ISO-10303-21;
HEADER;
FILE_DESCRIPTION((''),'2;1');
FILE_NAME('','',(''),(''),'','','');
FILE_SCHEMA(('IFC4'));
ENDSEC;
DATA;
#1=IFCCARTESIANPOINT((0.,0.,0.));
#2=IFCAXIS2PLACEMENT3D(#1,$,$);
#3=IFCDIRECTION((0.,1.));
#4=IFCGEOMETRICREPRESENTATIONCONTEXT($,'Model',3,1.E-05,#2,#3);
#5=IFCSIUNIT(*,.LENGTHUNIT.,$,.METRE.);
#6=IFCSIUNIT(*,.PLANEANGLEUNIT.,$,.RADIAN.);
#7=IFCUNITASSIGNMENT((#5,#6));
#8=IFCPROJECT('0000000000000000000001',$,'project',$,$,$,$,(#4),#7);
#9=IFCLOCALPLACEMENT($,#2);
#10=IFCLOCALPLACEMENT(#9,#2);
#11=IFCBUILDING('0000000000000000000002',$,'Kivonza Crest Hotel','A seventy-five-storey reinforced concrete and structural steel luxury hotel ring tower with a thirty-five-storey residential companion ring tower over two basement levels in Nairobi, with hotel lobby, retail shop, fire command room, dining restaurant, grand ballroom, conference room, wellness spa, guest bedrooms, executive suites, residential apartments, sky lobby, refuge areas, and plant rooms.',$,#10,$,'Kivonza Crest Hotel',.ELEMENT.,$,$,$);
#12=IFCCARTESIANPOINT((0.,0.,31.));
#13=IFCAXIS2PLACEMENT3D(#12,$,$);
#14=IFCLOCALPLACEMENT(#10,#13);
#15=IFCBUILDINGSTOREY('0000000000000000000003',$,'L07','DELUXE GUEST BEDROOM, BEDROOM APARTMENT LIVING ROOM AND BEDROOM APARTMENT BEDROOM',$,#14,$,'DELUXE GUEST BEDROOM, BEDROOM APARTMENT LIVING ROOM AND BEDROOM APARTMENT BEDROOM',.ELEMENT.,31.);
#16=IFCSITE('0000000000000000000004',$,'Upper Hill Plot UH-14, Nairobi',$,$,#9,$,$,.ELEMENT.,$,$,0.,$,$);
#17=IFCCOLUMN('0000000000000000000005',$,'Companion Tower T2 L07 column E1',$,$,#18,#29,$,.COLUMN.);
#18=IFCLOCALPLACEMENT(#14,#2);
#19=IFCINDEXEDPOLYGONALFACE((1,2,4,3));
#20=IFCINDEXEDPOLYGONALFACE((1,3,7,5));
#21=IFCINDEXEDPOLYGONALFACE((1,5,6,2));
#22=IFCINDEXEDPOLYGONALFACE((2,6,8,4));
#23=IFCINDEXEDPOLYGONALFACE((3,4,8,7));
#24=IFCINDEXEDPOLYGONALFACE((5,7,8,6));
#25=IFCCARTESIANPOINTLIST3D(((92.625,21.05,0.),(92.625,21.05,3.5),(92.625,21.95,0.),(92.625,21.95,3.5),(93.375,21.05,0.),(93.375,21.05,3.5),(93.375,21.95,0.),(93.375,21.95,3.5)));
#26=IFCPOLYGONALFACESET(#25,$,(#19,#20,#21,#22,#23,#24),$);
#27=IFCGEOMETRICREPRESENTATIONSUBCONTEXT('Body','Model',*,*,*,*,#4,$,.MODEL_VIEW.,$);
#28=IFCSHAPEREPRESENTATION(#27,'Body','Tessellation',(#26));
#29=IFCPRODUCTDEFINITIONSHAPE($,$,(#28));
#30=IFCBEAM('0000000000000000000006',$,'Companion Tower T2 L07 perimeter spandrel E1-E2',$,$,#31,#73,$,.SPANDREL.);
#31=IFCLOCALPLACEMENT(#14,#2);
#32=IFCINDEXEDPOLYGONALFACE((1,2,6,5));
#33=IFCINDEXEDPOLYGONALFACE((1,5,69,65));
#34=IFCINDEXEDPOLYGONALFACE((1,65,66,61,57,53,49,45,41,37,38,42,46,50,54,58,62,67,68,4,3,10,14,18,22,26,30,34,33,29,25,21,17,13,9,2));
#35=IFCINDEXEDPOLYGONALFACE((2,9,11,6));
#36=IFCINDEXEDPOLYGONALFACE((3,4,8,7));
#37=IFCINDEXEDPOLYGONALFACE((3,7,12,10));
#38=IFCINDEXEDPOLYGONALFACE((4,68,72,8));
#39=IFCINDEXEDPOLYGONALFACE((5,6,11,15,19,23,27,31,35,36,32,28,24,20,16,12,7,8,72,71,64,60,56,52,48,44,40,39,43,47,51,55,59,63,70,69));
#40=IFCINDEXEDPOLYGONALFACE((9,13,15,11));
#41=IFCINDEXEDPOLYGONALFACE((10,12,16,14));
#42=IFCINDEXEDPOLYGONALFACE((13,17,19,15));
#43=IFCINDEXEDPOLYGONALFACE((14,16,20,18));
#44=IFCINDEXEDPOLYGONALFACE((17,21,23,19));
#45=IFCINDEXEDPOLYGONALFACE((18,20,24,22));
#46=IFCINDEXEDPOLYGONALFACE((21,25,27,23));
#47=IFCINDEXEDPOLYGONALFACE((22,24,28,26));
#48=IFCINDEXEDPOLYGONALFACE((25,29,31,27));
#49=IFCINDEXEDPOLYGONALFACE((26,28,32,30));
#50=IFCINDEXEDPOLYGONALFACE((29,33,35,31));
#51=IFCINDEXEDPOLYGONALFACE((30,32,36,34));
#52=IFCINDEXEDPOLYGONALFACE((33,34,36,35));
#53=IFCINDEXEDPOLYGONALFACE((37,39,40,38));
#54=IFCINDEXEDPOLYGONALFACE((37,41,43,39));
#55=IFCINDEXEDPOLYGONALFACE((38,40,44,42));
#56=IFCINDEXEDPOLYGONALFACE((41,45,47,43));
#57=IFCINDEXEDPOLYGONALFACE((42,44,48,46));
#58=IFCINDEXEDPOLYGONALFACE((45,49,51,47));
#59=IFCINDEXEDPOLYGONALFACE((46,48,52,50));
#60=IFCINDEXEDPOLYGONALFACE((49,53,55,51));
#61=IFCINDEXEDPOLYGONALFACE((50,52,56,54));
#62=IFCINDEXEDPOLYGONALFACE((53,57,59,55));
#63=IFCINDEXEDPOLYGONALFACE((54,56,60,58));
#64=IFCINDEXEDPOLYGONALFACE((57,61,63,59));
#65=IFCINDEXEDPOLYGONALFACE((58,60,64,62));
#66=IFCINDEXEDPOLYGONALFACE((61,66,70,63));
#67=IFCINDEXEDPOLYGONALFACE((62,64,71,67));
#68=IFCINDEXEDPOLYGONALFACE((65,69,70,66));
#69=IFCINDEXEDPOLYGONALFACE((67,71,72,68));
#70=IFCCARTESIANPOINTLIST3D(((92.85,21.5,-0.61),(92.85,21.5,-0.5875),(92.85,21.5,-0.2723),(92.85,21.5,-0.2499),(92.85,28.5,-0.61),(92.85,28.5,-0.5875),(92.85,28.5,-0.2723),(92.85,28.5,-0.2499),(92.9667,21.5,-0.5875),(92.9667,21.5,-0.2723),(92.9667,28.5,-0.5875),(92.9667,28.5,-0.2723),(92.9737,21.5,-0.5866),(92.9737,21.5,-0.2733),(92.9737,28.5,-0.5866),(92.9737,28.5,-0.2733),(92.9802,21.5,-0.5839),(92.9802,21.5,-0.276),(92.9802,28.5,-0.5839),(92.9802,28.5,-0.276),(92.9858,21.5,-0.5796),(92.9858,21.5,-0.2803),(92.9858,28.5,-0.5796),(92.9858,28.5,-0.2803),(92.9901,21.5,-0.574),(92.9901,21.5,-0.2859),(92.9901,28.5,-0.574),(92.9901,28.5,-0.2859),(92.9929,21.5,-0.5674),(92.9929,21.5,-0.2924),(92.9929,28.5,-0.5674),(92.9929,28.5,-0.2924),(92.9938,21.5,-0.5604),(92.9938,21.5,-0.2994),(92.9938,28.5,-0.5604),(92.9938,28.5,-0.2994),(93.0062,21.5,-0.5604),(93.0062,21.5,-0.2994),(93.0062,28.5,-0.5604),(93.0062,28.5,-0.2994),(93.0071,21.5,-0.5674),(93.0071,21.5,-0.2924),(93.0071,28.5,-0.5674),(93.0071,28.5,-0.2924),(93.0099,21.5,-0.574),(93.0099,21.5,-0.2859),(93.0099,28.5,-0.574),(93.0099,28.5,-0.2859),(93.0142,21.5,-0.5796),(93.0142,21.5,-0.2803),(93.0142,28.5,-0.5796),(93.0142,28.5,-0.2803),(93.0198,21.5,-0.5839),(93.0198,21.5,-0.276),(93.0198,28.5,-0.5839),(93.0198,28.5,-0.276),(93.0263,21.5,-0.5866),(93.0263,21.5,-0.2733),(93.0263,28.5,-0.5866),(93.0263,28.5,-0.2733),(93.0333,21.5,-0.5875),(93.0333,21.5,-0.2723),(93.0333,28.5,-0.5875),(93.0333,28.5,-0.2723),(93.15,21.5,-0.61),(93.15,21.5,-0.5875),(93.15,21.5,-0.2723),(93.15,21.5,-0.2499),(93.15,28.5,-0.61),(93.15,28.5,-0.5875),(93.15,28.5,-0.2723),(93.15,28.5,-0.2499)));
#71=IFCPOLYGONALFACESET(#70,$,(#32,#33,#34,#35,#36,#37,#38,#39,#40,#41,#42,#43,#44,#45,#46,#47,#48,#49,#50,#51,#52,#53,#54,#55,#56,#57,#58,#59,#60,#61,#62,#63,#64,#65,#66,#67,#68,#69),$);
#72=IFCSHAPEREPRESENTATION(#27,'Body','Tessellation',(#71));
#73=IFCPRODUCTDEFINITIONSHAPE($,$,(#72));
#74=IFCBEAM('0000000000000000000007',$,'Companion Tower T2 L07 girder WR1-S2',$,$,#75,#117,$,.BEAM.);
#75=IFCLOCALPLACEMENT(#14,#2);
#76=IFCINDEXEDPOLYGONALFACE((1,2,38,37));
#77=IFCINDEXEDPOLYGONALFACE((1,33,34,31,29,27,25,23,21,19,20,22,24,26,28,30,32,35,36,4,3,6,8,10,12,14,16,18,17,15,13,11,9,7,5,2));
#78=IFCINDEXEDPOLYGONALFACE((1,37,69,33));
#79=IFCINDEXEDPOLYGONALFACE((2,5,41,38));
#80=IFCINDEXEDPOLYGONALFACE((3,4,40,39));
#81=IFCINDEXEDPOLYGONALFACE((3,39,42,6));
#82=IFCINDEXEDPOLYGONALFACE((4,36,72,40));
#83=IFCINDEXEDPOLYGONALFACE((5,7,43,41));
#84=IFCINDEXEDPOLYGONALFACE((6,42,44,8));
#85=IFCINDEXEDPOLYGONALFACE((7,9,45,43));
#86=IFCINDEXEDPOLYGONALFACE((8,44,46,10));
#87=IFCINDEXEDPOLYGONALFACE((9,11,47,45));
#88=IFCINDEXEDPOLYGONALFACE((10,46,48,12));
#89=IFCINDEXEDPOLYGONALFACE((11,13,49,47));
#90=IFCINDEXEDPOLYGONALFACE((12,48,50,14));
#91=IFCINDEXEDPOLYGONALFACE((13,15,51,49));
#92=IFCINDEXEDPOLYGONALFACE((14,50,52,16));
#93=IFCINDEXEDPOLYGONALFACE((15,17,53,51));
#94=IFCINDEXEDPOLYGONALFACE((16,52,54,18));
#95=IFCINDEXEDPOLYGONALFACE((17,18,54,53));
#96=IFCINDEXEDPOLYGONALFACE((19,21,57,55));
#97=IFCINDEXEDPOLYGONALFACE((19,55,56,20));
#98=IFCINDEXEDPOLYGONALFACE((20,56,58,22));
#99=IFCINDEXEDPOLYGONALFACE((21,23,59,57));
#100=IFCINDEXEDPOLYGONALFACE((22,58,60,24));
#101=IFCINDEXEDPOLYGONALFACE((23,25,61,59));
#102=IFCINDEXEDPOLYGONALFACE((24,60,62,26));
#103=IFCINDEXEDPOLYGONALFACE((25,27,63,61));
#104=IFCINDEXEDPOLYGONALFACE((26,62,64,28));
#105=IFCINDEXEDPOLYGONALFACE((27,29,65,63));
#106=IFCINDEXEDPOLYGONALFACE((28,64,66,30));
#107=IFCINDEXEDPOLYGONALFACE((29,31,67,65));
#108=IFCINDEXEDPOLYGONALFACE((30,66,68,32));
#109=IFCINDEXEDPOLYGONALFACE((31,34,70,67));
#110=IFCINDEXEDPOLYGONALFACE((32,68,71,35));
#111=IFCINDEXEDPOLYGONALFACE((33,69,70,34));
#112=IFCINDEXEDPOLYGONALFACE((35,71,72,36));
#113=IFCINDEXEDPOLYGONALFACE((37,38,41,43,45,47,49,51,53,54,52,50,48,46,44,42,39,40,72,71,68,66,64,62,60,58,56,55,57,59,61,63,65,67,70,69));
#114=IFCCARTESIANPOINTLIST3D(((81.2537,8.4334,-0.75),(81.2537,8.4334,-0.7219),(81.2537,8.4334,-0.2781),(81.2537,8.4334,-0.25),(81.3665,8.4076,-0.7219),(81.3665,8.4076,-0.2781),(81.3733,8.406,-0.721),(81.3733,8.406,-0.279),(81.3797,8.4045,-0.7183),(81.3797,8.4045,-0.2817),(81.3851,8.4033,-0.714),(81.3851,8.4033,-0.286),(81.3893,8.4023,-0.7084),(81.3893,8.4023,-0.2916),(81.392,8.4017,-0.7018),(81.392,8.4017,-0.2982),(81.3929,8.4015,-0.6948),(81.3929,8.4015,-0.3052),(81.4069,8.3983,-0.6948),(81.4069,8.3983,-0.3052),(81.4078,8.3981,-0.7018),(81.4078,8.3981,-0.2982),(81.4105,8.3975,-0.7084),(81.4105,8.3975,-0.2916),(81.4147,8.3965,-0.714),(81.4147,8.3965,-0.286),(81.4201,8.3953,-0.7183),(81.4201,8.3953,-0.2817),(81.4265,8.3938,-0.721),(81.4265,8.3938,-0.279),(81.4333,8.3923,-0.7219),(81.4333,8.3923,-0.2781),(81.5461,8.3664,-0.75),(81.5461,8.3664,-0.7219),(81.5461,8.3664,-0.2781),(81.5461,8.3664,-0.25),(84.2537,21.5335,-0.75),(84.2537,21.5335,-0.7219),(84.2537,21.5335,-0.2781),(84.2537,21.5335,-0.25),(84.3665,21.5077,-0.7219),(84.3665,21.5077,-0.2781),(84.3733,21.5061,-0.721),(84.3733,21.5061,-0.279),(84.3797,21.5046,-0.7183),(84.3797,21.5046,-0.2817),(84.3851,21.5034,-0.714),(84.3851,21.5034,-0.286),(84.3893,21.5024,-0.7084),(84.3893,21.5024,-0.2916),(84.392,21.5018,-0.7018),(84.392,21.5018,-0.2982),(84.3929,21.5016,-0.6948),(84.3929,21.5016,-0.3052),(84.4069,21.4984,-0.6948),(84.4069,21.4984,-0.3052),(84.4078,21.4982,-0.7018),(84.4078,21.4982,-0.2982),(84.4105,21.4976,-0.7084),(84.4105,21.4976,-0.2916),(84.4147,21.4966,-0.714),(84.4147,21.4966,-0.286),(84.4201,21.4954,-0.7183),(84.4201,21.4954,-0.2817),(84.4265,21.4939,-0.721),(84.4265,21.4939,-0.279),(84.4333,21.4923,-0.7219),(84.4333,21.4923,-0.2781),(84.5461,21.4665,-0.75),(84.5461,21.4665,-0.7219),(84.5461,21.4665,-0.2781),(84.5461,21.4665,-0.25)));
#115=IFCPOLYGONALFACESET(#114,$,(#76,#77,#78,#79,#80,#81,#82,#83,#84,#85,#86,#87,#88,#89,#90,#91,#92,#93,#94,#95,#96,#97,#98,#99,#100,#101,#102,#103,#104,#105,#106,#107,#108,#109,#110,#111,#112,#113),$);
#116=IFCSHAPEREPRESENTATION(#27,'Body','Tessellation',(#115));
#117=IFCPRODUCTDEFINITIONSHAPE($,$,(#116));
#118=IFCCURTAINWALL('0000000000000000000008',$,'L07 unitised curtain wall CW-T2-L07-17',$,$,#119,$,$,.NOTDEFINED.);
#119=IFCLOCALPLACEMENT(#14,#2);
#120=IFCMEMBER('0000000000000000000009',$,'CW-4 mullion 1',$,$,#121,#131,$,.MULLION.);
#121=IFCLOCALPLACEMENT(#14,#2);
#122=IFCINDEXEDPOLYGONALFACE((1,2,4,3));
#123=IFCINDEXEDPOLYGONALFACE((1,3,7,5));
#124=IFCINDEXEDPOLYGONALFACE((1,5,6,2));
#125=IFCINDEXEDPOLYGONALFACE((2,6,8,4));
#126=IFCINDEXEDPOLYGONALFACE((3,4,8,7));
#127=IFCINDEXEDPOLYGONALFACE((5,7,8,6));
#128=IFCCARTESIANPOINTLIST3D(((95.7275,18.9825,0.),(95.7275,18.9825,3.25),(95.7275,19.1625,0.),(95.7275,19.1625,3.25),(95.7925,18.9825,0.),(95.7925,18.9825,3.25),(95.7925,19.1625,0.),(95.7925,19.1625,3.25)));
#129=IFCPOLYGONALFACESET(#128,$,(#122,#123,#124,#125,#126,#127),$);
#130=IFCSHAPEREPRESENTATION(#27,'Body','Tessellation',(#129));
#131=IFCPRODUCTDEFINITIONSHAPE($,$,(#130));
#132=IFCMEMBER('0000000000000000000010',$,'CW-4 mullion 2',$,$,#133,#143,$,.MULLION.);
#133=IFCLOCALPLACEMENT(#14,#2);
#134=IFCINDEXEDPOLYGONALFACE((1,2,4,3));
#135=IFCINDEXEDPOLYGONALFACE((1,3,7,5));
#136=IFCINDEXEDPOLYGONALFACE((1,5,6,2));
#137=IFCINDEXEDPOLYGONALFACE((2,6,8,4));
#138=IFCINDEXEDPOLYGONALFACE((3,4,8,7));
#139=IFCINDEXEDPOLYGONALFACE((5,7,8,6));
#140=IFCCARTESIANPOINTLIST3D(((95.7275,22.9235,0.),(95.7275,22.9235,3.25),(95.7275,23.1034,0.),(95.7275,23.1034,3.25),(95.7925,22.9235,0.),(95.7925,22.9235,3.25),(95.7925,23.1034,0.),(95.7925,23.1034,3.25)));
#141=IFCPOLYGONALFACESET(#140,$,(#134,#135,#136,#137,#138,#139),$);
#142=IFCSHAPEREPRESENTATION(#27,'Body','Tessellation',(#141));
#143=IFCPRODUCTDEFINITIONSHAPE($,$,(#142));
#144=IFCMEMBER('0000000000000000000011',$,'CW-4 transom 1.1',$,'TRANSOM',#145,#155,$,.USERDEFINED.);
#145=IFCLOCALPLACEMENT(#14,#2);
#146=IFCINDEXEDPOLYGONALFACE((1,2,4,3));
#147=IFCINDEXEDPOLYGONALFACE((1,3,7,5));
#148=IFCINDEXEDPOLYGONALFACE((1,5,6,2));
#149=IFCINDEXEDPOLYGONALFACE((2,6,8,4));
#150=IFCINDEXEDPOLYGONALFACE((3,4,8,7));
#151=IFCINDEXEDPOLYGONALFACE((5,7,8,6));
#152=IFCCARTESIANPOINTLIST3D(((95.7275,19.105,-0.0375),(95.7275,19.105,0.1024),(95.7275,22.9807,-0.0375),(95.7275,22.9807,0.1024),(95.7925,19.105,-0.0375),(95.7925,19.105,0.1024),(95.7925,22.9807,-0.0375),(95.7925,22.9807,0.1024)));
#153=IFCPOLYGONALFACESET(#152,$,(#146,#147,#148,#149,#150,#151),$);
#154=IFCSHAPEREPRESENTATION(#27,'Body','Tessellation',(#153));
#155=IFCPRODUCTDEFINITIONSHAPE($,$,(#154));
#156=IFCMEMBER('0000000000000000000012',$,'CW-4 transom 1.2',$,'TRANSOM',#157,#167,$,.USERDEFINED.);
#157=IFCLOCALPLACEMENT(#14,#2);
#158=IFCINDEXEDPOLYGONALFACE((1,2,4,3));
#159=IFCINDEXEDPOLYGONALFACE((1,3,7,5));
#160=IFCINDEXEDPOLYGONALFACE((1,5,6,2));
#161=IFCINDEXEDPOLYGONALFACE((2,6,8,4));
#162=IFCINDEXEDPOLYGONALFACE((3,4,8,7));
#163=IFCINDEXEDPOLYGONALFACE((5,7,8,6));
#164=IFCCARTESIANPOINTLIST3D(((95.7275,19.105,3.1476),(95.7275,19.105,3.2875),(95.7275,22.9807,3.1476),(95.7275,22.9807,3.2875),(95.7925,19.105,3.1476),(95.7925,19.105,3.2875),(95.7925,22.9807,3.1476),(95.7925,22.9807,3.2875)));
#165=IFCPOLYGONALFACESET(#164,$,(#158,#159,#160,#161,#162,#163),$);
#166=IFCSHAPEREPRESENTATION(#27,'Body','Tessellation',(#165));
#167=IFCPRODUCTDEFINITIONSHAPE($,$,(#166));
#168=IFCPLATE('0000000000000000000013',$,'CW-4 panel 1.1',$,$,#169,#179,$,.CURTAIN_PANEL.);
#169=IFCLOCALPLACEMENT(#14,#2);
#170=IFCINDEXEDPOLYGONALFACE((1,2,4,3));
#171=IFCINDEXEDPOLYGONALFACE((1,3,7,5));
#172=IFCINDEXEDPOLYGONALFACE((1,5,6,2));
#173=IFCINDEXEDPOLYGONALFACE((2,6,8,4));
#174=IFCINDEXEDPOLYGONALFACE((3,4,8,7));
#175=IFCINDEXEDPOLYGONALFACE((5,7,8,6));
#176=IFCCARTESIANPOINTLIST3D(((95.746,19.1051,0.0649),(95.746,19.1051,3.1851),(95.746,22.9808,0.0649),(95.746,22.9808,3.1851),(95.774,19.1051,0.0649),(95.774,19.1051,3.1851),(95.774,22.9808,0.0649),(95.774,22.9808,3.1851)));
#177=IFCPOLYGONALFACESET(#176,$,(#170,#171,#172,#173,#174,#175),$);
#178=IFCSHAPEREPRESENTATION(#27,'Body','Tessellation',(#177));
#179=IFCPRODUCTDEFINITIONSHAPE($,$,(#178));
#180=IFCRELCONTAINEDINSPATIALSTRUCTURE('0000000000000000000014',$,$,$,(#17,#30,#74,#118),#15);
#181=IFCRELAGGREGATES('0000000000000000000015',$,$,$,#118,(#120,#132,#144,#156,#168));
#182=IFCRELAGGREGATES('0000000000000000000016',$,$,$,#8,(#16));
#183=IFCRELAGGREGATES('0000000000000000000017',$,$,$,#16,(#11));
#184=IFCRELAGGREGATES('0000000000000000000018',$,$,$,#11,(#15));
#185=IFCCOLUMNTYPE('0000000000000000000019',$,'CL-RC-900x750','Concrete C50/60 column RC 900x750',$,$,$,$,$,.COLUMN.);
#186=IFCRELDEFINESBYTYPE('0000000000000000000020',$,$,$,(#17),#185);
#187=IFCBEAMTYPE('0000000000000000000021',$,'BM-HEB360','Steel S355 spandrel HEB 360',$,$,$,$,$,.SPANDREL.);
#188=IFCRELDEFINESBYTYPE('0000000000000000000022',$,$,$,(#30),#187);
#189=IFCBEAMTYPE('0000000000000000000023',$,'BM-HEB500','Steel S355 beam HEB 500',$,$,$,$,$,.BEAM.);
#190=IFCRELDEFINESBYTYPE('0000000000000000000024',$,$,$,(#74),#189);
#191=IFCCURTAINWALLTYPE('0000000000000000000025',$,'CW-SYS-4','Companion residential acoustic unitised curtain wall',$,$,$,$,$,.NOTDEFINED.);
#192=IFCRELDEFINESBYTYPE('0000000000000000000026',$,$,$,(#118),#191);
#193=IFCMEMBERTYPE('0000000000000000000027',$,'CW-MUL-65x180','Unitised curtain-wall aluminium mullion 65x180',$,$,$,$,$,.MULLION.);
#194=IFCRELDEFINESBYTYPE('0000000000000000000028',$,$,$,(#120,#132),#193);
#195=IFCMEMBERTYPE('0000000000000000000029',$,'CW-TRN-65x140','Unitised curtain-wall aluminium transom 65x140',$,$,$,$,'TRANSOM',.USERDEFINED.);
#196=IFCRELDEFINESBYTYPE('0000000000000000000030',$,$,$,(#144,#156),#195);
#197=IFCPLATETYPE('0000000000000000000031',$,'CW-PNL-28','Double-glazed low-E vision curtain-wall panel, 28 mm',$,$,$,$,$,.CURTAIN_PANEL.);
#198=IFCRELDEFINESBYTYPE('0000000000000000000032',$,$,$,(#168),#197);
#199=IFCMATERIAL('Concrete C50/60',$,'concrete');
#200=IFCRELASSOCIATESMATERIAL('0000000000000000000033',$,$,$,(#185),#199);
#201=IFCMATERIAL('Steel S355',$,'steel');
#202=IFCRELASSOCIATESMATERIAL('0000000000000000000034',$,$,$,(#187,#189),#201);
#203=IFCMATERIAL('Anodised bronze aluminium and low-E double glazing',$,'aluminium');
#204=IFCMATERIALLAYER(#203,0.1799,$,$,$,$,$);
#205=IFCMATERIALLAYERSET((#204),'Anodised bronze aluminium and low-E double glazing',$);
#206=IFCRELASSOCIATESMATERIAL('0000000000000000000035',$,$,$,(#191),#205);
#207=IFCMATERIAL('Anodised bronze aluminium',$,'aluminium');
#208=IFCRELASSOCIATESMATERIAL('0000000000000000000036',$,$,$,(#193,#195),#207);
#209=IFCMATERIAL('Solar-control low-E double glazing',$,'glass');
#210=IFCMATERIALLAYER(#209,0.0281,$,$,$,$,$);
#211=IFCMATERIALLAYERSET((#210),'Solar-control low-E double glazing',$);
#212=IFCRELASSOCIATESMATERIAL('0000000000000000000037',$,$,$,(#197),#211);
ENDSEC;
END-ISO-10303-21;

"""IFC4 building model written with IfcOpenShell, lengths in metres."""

from ifc_helpers import new_model, si_unit, direction, frame, origin, origin_2d, place, context, subcontext, project, spatial, rectangle, i_section, extrude, material, layer, layer_set, material_profile, profile_set, type_object, element, aggregate, save


model = new_model("IFC4")

# Units and contexts
model_context = context("Model", 3, precision=1e-05, world=origin(), true_north=direction((0.0, 1.0)))
body_context = subcontext(model_context, "Body", "Model", "MODEL_VIEW")
ifc_project = project(units=[si_unit("LENGTHUNIT", "METRE"), si_unit("PLANEANGLEUNIT", "RADIAN")], contexts=[model_context])

# Site, building, storey
site_placement = place(None, origin())
site = spatial("IfcSite", under=ifc_project, at=site_placement, Name="Upper Hill Plot UH-14, Nairobi", CompositionType="ELEMENT", RefElevation=0.0)
building_placement = place(site_placement, origin())
building = spatial("IfcBuilding", under=site, at=building_placement, Name="Kivonza Crest Hotel", Description="A seventy-five-storey reinforced concrete and structural steel luxury hotel ring tower with a thirty-five-storey residential companion ring tower over two basement levels in Nairobi, with hotel lobby, retail shop, fire command room, dining restaurant, grand ballroom, conference room, wellness spa, guest bedrooms, executive suites, residential apartments, sky lobby, refuge areas, and plant rooms.", LongName="Kivonza Crest Hotel", CompositionType="ELEMENT")
storey_placement = place(building_placement, frame((0.0, 0.0, 31.0)))
storey = spatial("IfcBuildingStorey", under=building, at=storey_placement, Name="L07", Description="DELUXE GUEST BEDROOM, BEDROOM APARTMENT LIVING ROOM AND BEDROOM APARTMENT BEDROOM", LongName="DELUXE GUEST BEDROOM, BEDROOM APARTMENT LIVING ROOM AND BEDROOM APARTMENT BEDROOM", CompositionType="ELEMENT", Elevation=31.0)

# Column
ifc_material_1 = material(Name="Concrete C50/60", Category="concrete")
ifc_material_profile_1 = material_profile(ifc_material_1, rectangle(XDim=0.75, YDim=0.8999, at=origin_2d()), Name="RC 900x750")
ifc_profile_set_1 = profile_set([ifc_material_profile_1], Name="Concrete C50/60")
column_type = type_object("IfcColumnType", Name="CL-RC-900x750", Description="Concrete C50/60 column RC 900x750", PredefinedType="COLUMN", material=ifc_profile_set_1)
column_placement = place(storey_placement, frame((93.0, 21.5, 0.0), z_axis=(0.0, 0.0, 1.0), x_axis=(1.0, 0.0, 0.0)))
element("IfcColumn", 1, at=column_placement, inside=storey, type_object=column_type, Name="Companion Tower T2 L07 column E1", PredefinedType="COLUMN", context=body_context, shape_type="SweptSolid", body=[
    extrude(rectangle(XDim=0.75, YDim=0.8999, at=origin_2d()), origin(), (0.0, 0.0, 1.0), 3.5),
])

# Beams
ifc_material_2 = material(Name="Steel S355", Category="steel")
ifc_material_profile_2 = material_profile(ifc_material_2, i_section(OverallWidth=0.3, OverallDepth=0.3601, WebThickness=0.0125, FlangeThickness=0.0225, FilletRadius=0.0271, at=origin_2d()), Name="HEB 360")
ifc_profile_set_2 = profile_set([ifc_material_profile_2], Name="Steel S355")
beam_type_1 = type_object("IfcBeamType", Name="BM-HEB360", Description="Steel S355 spandrel HEB 360", PredefinedType="SPANDREL", material=ifc_profile_set_2)
beam_1_placement = place(storey_placement, frame((93.0, 21.5, -0.4299), z_axis=(0.0, 1.0, 0.0), x_axis=(-1.0, 0.0, 0.0)))
element("IfcBeam", 2, at=beam_1_placement, inside=storey, type_object=beam_type_1, Name="Companion Tower T2 L07 perimeter spandrel E1-E2", PredefinedType="SPANDREL", context=body_context, shape_type="SweptSolid", body=[
    extrude(i_section(OverallWidth=0.3, OverallDepth=0.3601, WebThickness=0.0125, FlangeThickness=0.0225, FilletRadius=0.0271, at=origin_2d()), origin(), (0.0, 0.0, 1.0), 7.0),
])
ifc_material_profile_3 = material_profile(ifc_material_2, i_section(OverallWidth=0.3, OverallDepth=0.5, WebThickness=0.0144, FlangeThickness=0.0281, FilletRadius=0.0271, at=origin_2d()), Name="HEB 500")
ifc_profile_set_3 = profile_set([ifc_material_profile_3], Name="Steel S355")
beam_type_2 = type_object("IfcBeamType", Name="BM-HEB500", Description="Steel S355 beam HEB 500", PredefinedType="BEAM", material=ifc_profile_set_3)
beam_2_placement = place(storey_placement, frame((84.3999, 21.5, -0.5), z_axis=(-0.223227, -0.974766, 0.0), x_axis=(0.974766, -0.223227, 0.0)))
element("IfcBeam", 3, at=beam_2_placement, inside=storey, type_object=beam_type_2, Name="Companion Tower T2 L07 girder WR1-S2", PredefinedType="BEAM", context=body_context, shape_type="SweptSolid", body=[
    extrude(i_section(OverallWidth=0.3, OverallDepth=0.5, WebThickness=0.0144, FlangeThickness=0.0281, FilletRadius=0.0271, at=origin_2d()), origin(), (0.0, 0.0, 1.0), 13.4392),
])

# Curtain wall, members, plate
ifc_material_3 = material(Name="Anodised bronze aluminium and low-E double glazing", Category="aluminium")
ifc_layer_1 = layer(ifc_material_3, 0.1799)
ifc_layer_set_1 = layer_set([ifc_layer_1], Name="Anodised bronze aluminium and low-E double glazing")
curtain_wall_type = type_object("IfcCurtainWallType", Name="CW-SYS-4", Description="Companion residential acoustic unitised curtain wall", PredefinedType="NOTDEFINED", material=ifc_layer_set_1)
curtain_wall_placement = place(storey_placement, origin())
curtain_wall = element("IfcCurtainWall", 4, at=curtain_wall_placement, inside=storey, type_object=curtain_wall_type, Name="L07 unitised curtain wall CW-T2-L07-17", PredefinedType="NOTDEFINED")
ifc_material_4 = material(Name="Anodised bronze aluminium", Category="aluminium")
ifc_material_profile_4 = material_profile(ifc_material_4, rectangle(XDim=0.0649, YDim=0.1799, at=origin_2d()), Name="CW-M 65x180")
ifc_profile_set_4 = profile_set([ifc_material_profile_4], Name="Anodised bronze aluminium")
member_type_1 = type_object("IfcMemberType", Name="CW-MUL-65x180", Description="Unitised curtain-wall aluminium mullion 65x180", PredefinedType="MULLION", material=ifc_profile_set_4)
member_1_placement = place(storey_placement, frame((95.76, 19.0725, 0.0), z_axis=(0.0, 0.0, 1.0), x_axis=(-1.0, 0.0, 0.0)))
member_1 = element("IfcMember", 5, at=member_1_placement, type_object=member_type_1, Name="CW-4 mullion 1", PredefinedType="MULLION", context=body_context, shape_type="SweptSolid", body=[
    extrude(rectangle(XDim=0.0649, YDim=0.1799, at=origin_2d()), origin(), (0.0, 0.0, 1.0), 3.25),
])
member_2_placement = place(storey_placement, frame((95.76, 23.0134, 0.0), z_axis=(0.0, 0.0, 1.0), x_axis=(-1.0, 0.0, 0.0)))
member_2 = element("IfcMember", 6, at=member_2_placement, type_object=member_type_1, Name="CW-4 mullion 2", PredefinedType="MULLION", context=body_context, shape_type="SweptSolid", body=[
    extrude(rectangle(XDim=0.0649, YDim=0.1799, at=origin_2d()), origin(), (0.0, 0.0, 1.0), 3.25),
])
ifc_material_profile_5 = material_profile(ifc_material_4, rectangle(XDim=0.0649, YDim=0.1399, at=origin_2d()), Name="CW-T 65x140")
ifc_profile_set_5 = profile_set([ifc_material_profile_5], Name="Anodised bronze aluminium")
member_type_2 = type_object("IfcMemberType", Name="CW-TRN-65x140", Description="Unitised curtain-wall aluminium transom 65x140", ElementType="TRANSOM", PredefinedType="USERDEFINED", material=ifc_profile_set_5)
member_3_placement = place(storey_placement, frame((95.76, 19.105, 0.0325), z_axis=(0.0, 1.0, 0.0), x_axis=(-1.0, 0.0, 0.0)))
member_3 = element("IfcMember", 7, at=member_3_placement, type_object=member_type_2, Name="CW-4 transom 1.1", ObjectType="TRANSOM", PredefinedType="USERDEFINED", context=body_context, shape_type="SweptSolid", body=[
    extrude(rectangle(XDim=0.0649, YDim=0.1399, at=origin_2d()), origin(), (0.0, 0.0, 1.0), 3.8757),
])
member_4_placement = place(storey_placement, frame((95.76, 19.105, 3.2175), z_axis=(0.0, 1.0, 0.0), x_axis=(-1.0, 0.0, 0.0)))
member_4 = element("IfcMember", 8, at=member_4_placement, type_object=member_type_2, Name="CW-4 transom 1.2", ObjectType="TRANSOM", PredefinedType="USERDEFINED", context=body_context, shape_type="SweptSolid", body=[
    extrude(rectangle(XDim=0.0649, YDim=0.1399, at=origin_2d()), origin(), (0.0, 0.0, 1.0), 3.8757),
])
ifc_material_5 = material(Name="Solar-control low-E double glazing", Category="glass")
ifc_layer_2 = layer(ifc_material_5, 0.0281)
ifc_layer_set_2 = layer_set([ifc_layer_2], Name="Solar-control low-E double glazing")
plate_type = type_object("IfcPlateType", Name="CW-PNL-28", Description="Double-glazed low-E vision curtain-wall panel, 28 mm", PredefinedType="CURTAIN_PANEL", material=ifc_layer_set_2)
plate_placement = place(storey_placement, frame((95.76, 21.043, 0.0649), z_axis=(0.0, 0.0, 1.0), x_axis=(0.0, 1.0, 0.0)))
plate = element("IfcPlate", 9, at=plate_placement, type_object=plate_type, Name="CW-4 panel 1.1", PredefinedType="CURTAIN_PANEL", context=body_context, shape_type="SweptSolid", body=[
    extrude(rectangle(XDim=3.8757, YDim=0.0281, at=origin_2d()), origin(), (0.0, 0.0, 1.0), 3.1201),
])
aggregate(curtain_wall, [member_1, member_2, member_3, member_4, plate])

save(model, "model.ifc")
